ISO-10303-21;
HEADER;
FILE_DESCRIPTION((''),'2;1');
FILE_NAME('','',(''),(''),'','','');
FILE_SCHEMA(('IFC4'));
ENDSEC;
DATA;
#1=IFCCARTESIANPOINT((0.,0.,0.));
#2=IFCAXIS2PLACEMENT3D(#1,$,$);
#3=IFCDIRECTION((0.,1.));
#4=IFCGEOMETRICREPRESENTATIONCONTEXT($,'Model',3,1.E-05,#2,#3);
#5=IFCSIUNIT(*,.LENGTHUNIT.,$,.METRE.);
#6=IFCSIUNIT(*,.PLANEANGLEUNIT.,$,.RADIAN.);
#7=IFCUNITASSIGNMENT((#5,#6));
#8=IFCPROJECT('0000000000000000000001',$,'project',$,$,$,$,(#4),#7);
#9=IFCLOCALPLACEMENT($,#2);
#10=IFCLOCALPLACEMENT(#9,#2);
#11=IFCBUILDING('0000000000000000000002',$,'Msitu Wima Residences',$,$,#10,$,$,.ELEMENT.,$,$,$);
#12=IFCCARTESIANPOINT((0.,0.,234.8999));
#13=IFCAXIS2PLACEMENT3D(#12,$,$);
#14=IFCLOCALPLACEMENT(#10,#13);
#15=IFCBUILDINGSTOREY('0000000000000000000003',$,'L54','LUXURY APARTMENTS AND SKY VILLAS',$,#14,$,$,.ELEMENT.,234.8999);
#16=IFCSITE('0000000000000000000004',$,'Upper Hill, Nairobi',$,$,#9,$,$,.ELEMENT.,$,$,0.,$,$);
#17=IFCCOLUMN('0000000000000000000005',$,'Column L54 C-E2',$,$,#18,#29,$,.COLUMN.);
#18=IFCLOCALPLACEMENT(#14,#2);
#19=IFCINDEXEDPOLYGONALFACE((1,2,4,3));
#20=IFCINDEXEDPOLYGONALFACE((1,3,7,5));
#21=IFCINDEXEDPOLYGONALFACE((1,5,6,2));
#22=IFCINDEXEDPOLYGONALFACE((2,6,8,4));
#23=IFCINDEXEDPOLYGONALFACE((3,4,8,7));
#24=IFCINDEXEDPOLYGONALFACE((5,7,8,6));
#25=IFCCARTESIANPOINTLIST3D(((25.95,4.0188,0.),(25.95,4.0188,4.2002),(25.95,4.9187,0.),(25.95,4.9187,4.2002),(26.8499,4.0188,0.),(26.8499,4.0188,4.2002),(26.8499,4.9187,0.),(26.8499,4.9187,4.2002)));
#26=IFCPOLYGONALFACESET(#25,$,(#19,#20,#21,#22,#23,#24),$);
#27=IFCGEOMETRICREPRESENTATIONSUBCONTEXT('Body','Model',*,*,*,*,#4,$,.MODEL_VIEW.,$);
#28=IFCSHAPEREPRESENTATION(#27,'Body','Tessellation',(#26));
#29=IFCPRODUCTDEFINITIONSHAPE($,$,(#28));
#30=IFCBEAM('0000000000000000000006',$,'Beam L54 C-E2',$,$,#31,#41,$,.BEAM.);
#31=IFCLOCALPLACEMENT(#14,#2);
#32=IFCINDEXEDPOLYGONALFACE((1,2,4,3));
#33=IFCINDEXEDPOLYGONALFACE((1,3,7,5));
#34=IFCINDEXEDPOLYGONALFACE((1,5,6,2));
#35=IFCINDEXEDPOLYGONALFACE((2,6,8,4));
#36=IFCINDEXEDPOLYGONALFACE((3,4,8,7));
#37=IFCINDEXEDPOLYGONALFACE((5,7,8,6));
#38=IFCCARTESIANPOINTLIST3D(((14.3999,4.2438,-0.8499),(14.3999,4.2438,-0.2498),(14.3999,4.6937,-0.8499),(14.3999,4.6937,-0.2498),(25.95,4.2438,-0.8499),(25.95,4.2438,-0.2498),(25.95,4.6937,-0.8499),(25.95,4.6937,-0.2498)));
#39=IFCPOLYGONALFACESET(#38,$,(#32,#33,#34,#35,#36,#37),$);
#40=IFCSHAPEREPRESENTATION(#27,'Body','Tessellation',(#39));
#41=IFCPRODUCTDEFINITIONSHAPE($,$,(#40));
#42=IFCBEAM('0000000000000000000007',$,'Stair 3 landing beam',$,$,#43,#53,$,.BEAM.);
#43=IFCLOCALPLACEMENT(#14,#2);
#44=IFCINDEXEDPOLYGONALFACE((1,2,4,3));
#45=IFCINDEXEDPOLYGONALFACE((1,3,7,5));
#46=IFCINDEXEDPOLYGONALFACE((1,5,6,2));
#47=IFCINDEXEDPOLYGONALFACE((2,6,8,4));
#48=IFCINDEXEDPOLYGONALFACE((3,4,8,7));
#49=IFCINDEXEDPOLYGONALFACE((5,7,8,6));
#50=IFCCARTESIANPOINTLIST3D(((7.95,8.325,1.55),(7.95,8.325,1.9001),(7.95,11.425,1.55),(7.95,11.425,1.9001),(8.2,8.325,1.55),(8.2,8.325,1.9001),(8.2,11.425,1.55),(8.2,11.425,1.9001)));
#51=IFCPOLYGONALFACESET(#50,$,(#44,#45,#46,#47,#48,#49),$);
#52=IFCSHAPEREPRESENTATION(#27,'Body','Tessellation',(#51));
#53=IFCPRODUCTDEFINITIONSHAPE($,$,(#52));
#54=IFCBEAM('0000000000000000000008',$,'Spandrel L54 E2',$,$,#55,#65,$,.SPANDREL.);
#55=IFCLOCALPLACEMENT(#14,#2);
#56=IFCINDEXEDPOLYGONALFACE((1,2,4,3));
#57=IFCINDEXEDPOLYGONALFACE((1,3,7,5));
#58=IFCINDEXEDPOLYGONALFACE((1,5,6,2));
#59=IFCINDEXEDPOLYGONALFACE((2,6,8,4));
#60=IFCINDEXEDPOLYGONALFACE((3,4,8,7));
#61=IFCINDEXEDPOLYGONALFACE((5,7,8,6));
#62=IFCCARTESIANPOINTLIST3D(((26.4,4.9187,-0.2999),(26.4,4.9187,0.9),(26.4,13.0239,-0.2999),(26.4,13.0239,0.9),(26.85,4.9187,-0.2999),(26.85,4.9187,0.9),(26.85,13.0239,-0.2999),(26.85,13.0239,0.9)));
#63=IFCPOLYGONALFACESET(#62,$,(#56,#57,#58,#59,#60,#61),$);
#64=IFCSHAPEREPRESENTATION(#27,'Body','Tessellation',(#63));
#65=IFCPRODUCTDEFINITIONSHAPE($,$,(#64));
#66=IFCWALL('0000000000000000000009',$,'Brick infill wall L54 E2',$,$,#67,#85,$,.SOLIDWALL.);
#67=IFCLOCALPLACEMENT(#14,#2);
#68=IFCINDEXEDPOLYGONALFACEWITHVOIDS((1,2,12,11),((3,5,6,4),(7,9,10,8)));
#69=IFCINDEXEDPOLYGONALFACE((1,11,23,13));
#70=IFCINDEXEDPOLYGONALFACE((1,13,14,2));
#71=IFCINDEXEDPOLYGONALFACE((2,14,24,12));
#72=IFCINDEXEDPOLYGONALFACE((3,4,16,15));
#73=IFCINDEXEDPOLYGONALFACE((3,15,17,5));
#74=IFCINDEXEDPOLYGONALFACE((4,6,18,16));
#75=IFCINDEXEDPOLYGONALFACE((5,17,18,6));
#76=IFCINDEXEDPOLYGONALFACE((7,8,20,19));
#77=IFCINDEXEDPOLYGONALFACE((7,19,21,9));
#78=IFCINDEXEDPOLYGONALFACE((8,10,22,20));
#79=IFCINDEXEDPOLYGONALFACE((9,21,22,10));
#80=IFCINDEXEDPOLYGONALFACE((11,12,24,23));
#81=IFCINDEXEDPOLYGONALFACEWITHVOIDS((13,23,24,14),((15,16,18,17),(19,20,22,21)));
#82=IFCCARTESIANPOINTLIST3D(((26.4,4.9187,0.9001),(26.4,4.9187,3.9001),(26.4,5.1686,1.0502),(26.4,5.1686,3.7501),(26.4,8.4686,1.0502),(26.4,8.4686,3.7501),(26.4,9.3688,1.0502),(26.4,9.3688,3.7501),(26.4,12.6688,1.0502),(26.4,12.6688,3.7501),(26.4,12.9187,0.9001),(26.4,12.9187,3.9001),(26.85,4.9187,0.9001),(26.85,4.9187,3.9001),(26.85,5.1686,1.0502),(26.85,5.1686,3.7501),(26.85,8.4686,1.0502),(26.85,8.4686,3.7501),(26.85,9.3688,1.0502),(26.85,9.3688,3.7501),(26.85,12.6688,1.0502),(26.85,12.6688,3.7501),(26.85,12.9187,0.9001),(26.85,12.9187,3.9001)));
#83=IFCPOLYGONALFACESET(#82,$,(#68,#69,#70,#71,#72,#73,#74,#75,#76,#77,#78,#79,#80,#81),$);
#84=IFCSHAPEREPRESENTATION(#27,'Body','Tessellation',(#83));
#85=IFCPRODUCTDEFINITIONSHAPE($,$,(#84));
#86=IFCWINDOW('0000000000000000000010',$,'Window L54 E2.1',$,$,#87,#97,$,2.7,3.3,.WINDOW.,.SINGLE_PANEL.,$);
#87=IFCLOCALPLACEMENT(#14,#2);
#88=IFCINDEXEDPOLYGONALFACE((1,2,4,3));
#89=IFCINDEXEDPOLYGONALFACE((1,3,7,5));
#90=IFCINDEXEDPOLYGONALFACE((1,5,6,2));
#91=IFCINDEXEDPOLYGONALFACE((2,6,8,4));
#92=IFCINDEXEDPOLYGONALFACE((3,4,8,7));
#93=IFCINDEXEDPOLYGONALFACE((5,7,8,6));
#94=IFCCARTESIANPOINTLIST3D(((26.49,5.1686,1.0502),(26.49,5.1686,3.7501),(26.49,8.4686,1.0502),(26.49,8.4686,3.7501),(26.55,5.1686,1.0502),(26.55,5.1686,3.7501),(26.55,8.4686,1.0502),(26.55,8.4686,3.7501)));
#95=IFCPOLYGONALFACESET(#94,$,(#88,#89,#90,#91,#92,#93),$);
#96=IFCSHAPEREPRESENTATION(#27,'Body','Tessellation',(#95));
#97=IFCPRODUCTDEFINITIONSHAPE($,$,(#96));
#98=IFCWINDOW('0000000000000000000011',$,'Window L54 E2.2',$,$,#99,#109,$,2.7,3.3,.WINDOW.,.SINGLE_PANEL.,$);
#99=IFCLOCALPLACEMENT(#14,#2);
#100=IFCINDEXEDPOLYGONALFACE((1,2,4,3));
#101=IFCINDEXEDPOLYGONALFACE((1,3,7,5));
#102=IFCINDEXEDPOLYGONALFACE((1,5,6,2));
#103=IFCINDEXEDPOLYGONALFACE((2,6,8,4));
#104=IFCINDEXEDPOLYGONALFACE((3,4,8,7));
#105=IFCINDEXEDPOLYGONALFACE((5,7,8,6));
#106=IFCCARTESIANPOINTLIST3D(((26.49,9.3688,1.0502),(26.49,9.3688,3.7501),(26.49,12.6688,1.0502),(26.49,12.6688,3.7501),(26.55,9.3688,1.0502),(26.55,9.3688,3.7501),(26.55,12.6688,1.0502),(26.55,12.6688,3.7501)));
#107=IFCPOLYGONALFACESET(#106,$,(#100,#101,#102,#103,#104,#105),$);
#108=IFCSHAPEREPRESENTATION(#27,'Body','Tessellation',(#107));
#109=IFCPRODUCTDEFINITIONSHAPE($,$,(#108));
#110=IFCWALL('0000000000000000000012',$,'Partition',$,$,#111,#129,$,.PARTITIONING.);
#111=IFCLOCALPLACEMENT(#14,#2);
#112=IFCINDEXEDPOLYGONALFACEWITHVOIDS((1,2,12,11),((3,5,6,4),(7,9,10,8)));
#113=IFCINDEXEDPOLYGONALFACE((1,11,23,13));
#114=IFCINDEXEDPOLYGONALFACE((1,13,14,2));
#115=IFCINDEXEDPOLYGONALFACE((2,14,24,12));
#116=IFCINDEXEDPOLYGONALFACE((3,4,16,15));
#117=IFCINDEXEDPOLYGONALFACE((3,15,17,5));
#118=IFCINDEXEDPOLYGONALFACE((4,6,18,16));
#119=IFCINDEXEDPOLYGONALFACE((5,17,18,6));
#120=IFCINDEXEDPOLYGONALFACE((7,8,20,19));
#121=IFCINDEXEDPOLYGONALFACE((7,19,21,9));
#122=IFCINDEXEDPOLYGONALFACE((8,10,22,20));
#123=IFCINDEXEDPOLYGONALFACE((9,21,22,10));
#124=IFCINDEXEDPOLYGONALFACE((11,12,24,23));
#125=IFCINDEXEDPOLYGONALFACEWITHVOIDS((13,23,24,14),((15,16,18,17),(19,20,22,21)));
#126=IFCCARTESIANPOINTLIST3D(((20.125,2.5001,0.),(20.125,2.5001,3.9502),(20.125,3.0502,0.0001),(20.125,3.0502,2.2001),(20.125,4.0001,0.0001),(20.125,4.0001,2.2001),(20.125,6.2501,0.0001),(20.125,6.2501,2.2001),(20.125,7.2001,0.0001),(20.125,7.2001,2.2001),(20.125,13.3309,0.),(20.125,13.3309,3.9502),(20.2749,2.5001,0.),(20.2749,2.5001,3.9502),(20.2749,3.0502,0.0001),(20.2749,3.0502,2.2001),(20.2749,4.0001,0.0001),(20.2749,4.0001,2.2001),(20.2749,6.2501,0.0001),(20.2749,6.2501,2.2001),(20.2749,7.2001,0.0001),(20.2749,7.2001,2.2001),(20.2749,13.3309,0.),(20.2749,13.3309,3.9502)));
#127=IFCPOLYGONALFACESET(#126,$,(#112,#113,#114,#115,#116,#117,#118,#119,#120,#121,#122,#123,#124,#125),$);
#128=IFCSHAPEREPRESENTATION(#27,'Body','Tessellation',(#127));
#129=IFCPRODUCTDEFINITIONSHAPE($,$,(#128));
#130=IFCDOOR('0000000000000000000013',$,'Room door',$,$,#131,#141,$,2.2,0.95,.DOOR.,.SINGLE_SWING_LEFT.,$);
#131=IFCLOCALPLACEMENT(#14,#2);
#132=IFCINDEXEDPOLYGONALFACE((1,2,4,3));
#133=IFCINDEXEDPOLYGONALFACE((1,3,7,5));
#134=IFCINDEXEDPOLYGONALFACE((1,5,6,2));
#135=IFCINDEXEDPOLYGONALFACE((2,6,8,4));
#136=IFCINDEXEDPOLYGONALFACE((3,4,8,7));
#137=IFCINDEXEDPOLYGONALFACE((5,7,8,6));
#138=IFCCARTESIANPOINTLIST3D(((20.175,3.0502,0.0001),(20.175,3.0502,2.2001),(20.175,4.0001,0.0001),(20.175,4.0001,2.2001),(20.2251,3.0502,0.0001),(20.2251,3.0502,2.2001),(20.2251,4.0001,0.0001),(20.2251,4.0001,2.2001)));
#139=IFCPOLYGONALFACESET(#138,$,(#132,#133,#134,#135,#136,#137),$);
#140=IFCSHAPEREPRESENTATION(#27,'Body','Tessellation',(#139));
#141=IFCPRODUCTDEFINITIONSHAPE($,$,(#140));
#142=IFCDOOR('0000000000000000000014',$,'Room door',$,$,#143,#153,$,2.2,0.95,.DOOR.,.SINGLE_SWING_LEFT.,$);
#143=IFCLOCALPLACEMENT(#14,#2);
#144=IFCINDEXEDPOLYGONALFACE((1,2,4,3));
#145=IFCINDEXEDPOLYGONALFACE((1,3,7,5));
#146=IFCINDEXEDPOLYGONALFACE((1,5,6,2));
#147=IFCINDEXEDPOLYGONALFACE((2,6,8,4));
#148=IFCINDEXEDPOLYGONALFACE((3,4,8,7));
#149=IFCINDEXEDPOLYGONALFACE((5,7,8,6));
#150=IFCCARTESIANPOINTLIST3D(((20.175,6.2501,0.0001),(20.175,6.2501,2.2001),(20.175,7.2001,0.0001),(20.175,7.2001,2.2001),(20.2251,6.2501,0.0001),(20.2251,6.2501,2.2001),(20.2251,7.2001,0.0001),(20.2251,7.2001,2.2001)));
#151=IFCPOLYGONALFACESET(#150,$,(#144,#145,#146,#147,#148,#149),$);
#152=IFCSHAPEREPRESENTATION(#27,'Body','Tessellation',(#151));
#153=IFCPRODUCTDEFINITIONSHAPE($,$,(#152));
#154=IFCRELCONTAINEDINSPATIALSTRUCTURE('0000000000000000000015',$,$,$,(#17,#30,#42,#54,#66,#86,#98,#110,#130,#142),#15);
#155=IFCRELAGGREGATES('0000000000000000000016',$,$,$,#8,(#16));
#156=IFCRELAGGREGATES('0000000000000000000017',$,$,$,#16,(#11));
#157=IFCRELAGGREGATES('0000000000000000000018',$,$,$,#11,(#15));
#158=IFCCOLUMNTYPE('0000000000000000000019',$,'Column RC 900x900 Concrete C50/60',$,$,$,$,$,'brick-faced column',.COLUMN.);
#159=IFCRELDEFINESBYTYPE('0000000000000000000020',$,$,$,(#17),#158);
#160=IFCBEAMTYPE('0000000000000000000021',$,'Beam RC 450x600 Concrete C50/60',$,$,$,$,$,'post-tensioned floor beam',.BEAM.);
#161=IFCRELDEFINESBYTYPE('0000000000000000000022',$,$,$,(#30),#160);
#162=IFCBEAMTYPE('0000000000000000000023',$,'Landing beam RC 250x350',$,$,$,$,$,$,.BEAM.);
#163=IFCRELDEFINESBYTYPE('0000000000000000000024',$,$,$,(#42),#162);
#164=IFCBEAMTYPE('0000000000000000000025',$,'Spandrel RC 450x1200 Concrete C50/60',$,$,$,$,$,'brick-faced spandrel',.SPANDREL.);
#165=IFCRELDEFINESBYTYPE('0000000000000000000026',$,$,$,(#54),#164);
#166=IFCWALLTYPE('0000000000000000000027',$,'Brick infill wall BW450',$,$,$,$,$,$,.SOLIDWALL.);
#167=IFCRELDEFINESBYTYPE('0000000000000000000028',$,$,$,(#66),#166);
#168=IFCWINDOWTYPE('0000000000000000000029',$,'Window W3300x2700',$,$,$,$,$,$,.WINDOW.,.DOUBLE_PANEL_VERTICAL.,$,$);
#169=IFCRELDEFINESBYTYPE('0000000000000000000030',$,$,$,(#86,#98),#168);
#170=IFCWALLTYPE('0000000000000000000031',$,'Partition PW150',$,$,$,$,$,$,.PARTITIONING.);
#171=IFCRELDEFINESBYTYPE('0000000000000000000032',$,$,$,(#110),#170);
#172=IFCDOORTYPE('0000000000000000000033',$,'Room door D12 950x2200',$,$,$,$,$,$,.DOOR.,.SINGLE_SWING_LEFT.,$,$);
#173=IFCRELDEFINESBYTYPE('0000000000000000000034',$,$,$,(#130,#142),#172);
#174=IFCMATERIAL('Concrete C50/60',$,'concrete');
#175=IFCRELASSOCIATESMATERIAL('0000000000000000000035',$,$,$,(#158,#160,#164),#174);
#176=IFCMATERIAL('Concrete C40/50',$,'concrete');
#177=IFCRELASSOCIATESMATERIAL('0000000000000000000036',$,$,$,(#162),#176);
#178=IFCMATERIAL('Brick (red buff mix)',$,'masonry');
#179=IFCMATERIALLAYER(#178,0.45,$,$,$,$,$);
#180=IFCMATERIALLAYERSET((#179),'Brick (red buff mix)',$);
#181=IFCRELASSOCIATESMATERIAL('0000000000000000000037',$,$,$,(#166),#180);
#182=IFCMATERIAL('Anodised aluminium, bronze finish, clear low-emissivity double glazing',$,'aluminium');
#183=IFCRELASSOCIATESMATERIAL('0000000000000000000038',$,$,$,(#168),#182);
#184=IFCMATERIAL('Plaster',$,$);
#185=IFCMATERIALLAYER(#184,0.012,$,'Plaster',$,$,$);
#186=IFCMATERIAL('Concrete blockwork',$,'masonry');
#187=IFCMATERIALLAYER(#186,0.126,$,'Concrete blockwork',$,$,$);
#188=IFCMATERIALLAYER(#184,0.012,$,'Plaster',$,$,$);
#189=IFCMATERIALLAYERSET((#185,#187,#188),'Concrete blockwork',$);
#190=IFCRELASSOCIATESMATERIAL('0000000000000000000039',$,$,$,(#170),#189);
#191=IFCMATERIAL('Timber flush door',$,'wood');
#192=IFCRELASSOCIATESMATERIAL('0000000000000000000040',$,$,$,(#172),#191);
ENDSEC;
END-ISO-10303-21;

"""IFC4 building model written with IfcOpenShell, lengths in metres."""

from ifc_helpers import new_model, si_unit, direction, frame, frame_2d, origin, origin_2d, place, context, subcontext, project, spatial, rectangle, extrude, material, layer, layer_set, material_profile, profile_set, type_object, element, fill, save


model = new_model("IFC4")

# Units and contexts
model_context = context("Model", 3, precision=1e-05, world=origin(), true_north=direction((0.0, 1.0)))
body_context = subcontext(model_context, "Body", "Model", "MODEL_VIEW")
ifc_project = project(units=[si_unit("LENGTHUNIT", "METRE"), si_unit("PLANEANGLEUNIT", "RADIAN")], contexts=[model_context])

# Site, building, storey
site_placement = place(None, origin())
site = spatial("IfcSite", under=ifc_project, at=site_placement, Name="Upper Hill, Nairobi", CompositionType="ELEMENT", RefElevation=0.0)
building_placement = place(site_placement, origin())
building = spatial("IfcBuilding", under=site, at=building_placement, Name="Msitu Wima Residences", CompositionType="ELEMENT")
storey_placement = place(building_placement, frame((0.0, 0.0, 234.8999)))
storey = spatial("IfcBuildingStorey", under=building, at=storey_placement, Name="L54", Description="LUXURY APARTMENTS AND SKY VILLAS", CompositionType="ELEMENT", Elevation=234.8999)

# Column
ifc_material_1 = material(Name="Concrete C50/60", Category="concrete")
ifc_material_profile_1 = material_profile(ifc_material_1, rectangle(XDim=0.8999, YDim=0.8999, at=origin_2d()), Name="RC 900x900")
ifc_profile_set_1 = profile_set([ifc_material_profile_1], Name="Concrete C50/60")
column_type = type_object("IfcColumnType", Name="Column RC 900x900 Concrete C50/60", ElementType="brick-faced column", PredefinedType="COLUMN", material=ifc_profile_set_1)
column_placement = place(storey_placement, frame((26.3999, 4.4688, 0.0), z_axis=(0.0, 0.0, 1.0), x_axis=(0.0, 1.0, 0.0)))
element("IfcColumn", 1, at=column_placement, inside=storey, type_object=column_type, Name="Column L54 C-E2", PredefinedType="COLUMN", context=body_context, shape_type="SweptSolid", body=[
    extrude(rectangle(XDim=0.8999, YDim=0.8999, at=origin_2d()), origin(), (0.0, 0.0, 1.0), 4.2002),
])

# Beams
ifc_material_profile_2 = material_profile(ifc_material_1, rectangle(XDim=0.45, YDim=0.6001, at=origin_2d()), Name="RC 450x600")
ifc_profile_set_2 = profile_set([ifc_material_profile_2], Name="Concrete C50/60")
beam_type_1 = type_object("IfcBeamType", Name="Beam RC 450x600 Concrete C50/60", ElementType="post-tensioned floor beam", PredefinedType="BEAM", material=ifc_profile_set_2)
beam_1_placement = place(storey_placement, frame((25.95, 4.4688, -0.5498), z_axis=(-1.0, 0.0, 0.0), x_axis=(0.0, -1.0, 0.0)))
element("IfcBeam", 2, at=beam_1_placement, inside=storey, type_object=beam_type_1, Name="Beam L54 C-E2", PredefinedType="BEAM", context=body_context, shape_type="SweptSolid", body=[
    extrude(rectangle(XDim=0.45, YDim=0.6001, at=origin_2d()), origin(), (0.0, 0.0, 1.0), 11.55),
])
ifc_material_2 = material(Name="Concrete C40/50", Category="concrete")
ifc_material_profile_3 = material_profile(ifc_material_2, rectangle(XDim=0.25, YDim=0.3501, at=origin_2d()), Name="RC 250x350")
ifc_profile_set_3 = profile_set([ifc_material_profile_3], Name="Concrete C40/50")
beam_type_2 = type_object("IfcBeamType", Name="Landing beam RC 250x350", PredefinedType="BEAM", material=ifc_profile_set_3)
beam_2_placement = place(storey_placement, frame((8.075, 8.325, 1.7251), z_axis=(0.0, 1.0, 0.0), x_axis=(-1.0, 0.0, 0.0)))
element("IfcBeam", 3, at=beam_2_placement, inside=storey, type_object=beam_type_2, Name="Stair 3 landing beam", PredefinedType="BEAM", context=body_context, shape_type="SweptSolid", body=[
    extrude(rectangle(XDim=0.25, YDim=0.3501, at=origin_2d()), origin(), (0.0, 0.0, 1.0), 3.1001),
])
ifc_material_profile_4 = material_profile(ifc_material_1, rectangle(XDim=0.45, YDim=1.2, at=origin_2d()), Name="RC 450x1200")
ifc_profile_set_4 = profile_set([ifc_material_profile_4], Name="Concrete C50/60")
beam_type_3 = type_object("IfcBeamType", Name="Spandrel RC 450x1200 Concrete C50/60", ElementType="brick-faced spandrel", PredefinedType="SPANDREL", material=ifc_profile_set_4)
beam_3_placement = place(storey_placement, frame((26.625, 4.9187, 0.3), z_axis=(0.0, 1.0, 0.0), x_axis=(-1.0, 0.0, 0.0)))
element("IfcBeam", 4, at=beam_3_placement, inside=storey, type_object=beam_type_3, Name="Spandrel L54 E2", PredefinedType="SPANDREL", context=body_context, shape_type="SweptSolid", body=[
    extrude(rectangle(XDim=0.45, YDim=1.2, at=origin_2d()), origin(), (0.0, 0.0, 1.0), 8.1052),
])

# Wall, openings, windows
ifc_material_3 = material(Name="Brick (red buff mix)", Category="masonry")
ifc_layer_1 = layer(ifc_material_3, 0.45)
ifc_layer_set_1 = layer_set([ifc_layer_1], Name="Brick (red buff mix)")
wall_type_1 = type_object("IfcWallType", Name="Brick infill wall BW450", PredefinedType="SOLIDWALL", material=ifc_layer_set_1)
wall_1_placement = place(storey_placement, frame((26.625, 4.9187, 0.9001), z_axis=(0.0, 0.0, 1.0), x_axis=(0.0, 1.0, 0.0)))
wall_1 = element("IfcWall", 5, at=wall_1_placement, inside=storey, type_object=wall_type_1, Name="Brick infill wall L54 E2", PredefinedType="SOLIDWALL", context=body_context, shape_type="SweptSolid", body=[
    extrude(rectangle(XDim=8.0, YDim=0.45, at=frame_2d((4.0, 0.0))), origin(), (0.0, 0.0, 1.0), 3.0),
])
opening_1_placement = place(wall_1_placement, frame((0.25, 0.0, 0.1499)))
opening_1 = element("IfcOpeningElement", 6, at=opening_1_placement, cuts=wall_1, PredefinedType="OPENING", context=body_context, shape_type="SweptSolid", body=[
    extrude(rectangle(XDim=3.3, YDim=2.7, at=frame_2d((1.6499, 1.3501))), frame((0.0, 0.2349, 0.0), z_axis=(0.0, -1.0, 0.0), x_axis=(1.0, 0.0, 0.0)), (0.0, 0.0, 1.0), 0.47),
])
opening_2_placement = place(wall_1_placement, frame((4.4502, 0.0, 0.1499)))
opening_2 = element("IfcOpeningElement", 7, at=opening_2_placement, cuts=wall_1, PredefinedType="OPENING", context=body_context, shape_type="SweptSolid", body=[
    extrude(rectangle(XDim=3.3, YDim=2.7, at=frame_2d((1.6499, 1.3501))), frame((0.0, 0.2349, 0.0), z_axis=(0.0, -1.0, 0.0), x_axis=(1.0, 0.0, 0.0)), (0.0, 0.0, 1.0), 0.47),
])
ifc_material_4 = material(Name="Anodised aluminium, bronze finish, clear low-emissivity double glazing", Category="aluminium")
window_type = type_object("IfcWindowType", Name="Window W3300x2700", PartitioningType="DOUBLE_PANEL_VERTICAL", PredefinedType="WINDOW", material=ifc_material_4)
window_1_placement = place(opening_1_placement, origin())
window_1 = element("IfcWindow", 8, at=window_1_placement, inside=storey, type_object=window_type, Name="Window L54 E2.1", OverallHeight=2.7, OverallWidth=3.3, PartitioningType="SINGLE_PANEL", PredefinedType="WINDOW", context=body_context, shape_type="SweptSolid", body=[
    extrude(rectangle(XDim=3.3, YDim=2.7, at=frame_2d((1.6499, 1.3501))), frame((0.0, 0.135, 0.0), z_axis=(0.0, -1.0, 0.0), x_axis=(1.0, 0.0, 0.0)), (0.0, 0.0, 1.0), 0.0601),
])
fill(opening_1, window_1)
window_2_placement = place(opening_2_placement, origin())
window_2 = element("IfcWindow", 9, at=window_2_placement, inside=storey, type_object=window_type, Name="Window L54 E2.2", OverallHeight=2.7, OverallWidth=3.3, PartitioningType="SINGLE_PANEL", PredefinedType="WINDOW", context=body_context, shape_type="SweptSolid", body=[
    extrude(rectangle(XDim=3.3, YDim=2.7, at=frame_2d((1.6499, 1.3501))), frame((0.0, 0.135, 0.0), z_axis=(0.0, -1.0, 0.0), x_axis=(1.0, 0.0, 0.0)), (0.0, 0.0, 1.0), 0.0601),
])
fill(opening_2, window_2)

# Wall, openings, doors
ifc_material_5 = material(Name="Plaster")
ifc_layer_2 = layer(ifc_material_5, 0.012, Name="Plaster")
ifc_material_6 = material(Name="Concrete blockwork", Category="masonry")
ifc_layer_3 = layer(ifc_material_6, 0.126, Name="Concrete blockwork")
ifc_layer_4 = layer(ifc_material_5, 0.012, Name="Plaster")
ifc_layer_set_2 = layer_set([ifc_layer_2, ifc_layer_3, ifc_layer_4], Name="Concrete blockwork")
wall_type_2 = type_object("IfcWallType", Name="Partition PW150", PredefinedType="PARTITIONING", material=ifc_layer_set_2)
wall_2_placement = place(storey_placement, frame((20.2, 2.5, 0.0), z_axis=(0.0, 0.0, 1.0), x_axis=(0.0, 1.0, 0.0)))
wall_2 = element("IfcWall", 10, at=wall_2_placement, inside=storey, type_object=wall_type_2, Name="Partition", PredefinedType="PARTITIONING", context=body_context, shape_type="SweptSolid", body=[
    extrude(rectangle(XDim=10.8308, YDim=0.1499, at=frame_2d((5.4155, 0.0))), origin(), (0.0, 0.0, 1.0), 3.9502),
])
opening_3_placement = place(wall_2_placement, frame((0.55, 0.0, 0.0)))
opening_3 = element("IfcOpeningElement", 11, at=opening_3_placement, cuts=wall_2, PredefinedType="OPENING", context=body_context, shape_type="SweptSolid", body=[
    extrude(rectangle(XDim=0.95, YDim=2.2, at=frame_2d((0.4751, 1.1001))), frame((0.0, 0.085, 0.0), z_axis=(0.0, -1.0, 0.0), x_axis=(1.0, 0.0, 0.0)), (0.0, 0.0, 1.0), 0.1699),
])
opening_4_placement = place(wall_2_placement, frame((3.75, 0.0, 0.0)))
opening_4 = element("IfcOpeningElement", 12, at=opening_4_placement, cuts=wall_2, PredefinedType="OPENING", context=body_context, shape_type="SweptSolid", body=[
    extrude(rectangle(XDim=0.95, YDim=2.2, at=frame_2d((0.4751, 1.1001))), frame((0.0, 0.085, 0.0), z_axis=(0.0, -1.0, 0.0), x_axis=(1.0, 0.0, 0.0)), (0.0, 0.0, 1.0), 0.1699),
])
ifc_material_7 = material(Name="Timber flush door", Category="wood")
door_type_1 = type_object("IfcDoorType", Name="Room door D12 950x2200", OperationType="SINGLE_SWING_LEFT", PredefinedType="DOOR", material=ifc_material_7)
door_1_placement = place(opening_3_placement, origin())
door_1 = element("IfcDoor", 13, at=door_1_placement, inside=storey, type_object=door_type_1, Name="Room door", OperationType="SINGLE_SWING_LEFT", OverallHeight=2.2, OverallWidth=0.95, PredefinedType="DOOR", context=body_context, shape_type="SweptSolid", body=[
    extrude(rectangle(XDim=0.95, YDim=2.2, at=frame_2d((0.4751, 1.1001))), frame((0.0, 0.0249, 0.0), z_axis=(0.0, -1.0, 0.0), x_axis=(1.0, 0.0, 0.0)), (0.0, 0.0, 1.0), 0.05),
])
fill(opening_3, door_1)
door_2_placement = place(opening_4_placement, origin())
door_2 = element("IfcDoor", 14, at=door_2_placement, inside=storey, type_object=door_type_1, Name="Room door", OperationType="SINGLE_SWING_LEFT", OverallHeight=2.2, OverallWidth=0.95, PredefinedType="DOOR", context=body_context, shape_type="SweptSolid", body=[
    extrude(rectangle(XDim=0.95, YDim=2.2, at=frame_2d((0.4751, 1.1001))), frame((0.0, 0.0249, 0.0), z_axis=(0.0, -1.0, 0.0), x_axis=(1.0, 0.0, 0.0)), (0.0, 0.0, 1.0), 0.05),
])
fill(opening_4, door_2)

save(model, "model.ifc")
